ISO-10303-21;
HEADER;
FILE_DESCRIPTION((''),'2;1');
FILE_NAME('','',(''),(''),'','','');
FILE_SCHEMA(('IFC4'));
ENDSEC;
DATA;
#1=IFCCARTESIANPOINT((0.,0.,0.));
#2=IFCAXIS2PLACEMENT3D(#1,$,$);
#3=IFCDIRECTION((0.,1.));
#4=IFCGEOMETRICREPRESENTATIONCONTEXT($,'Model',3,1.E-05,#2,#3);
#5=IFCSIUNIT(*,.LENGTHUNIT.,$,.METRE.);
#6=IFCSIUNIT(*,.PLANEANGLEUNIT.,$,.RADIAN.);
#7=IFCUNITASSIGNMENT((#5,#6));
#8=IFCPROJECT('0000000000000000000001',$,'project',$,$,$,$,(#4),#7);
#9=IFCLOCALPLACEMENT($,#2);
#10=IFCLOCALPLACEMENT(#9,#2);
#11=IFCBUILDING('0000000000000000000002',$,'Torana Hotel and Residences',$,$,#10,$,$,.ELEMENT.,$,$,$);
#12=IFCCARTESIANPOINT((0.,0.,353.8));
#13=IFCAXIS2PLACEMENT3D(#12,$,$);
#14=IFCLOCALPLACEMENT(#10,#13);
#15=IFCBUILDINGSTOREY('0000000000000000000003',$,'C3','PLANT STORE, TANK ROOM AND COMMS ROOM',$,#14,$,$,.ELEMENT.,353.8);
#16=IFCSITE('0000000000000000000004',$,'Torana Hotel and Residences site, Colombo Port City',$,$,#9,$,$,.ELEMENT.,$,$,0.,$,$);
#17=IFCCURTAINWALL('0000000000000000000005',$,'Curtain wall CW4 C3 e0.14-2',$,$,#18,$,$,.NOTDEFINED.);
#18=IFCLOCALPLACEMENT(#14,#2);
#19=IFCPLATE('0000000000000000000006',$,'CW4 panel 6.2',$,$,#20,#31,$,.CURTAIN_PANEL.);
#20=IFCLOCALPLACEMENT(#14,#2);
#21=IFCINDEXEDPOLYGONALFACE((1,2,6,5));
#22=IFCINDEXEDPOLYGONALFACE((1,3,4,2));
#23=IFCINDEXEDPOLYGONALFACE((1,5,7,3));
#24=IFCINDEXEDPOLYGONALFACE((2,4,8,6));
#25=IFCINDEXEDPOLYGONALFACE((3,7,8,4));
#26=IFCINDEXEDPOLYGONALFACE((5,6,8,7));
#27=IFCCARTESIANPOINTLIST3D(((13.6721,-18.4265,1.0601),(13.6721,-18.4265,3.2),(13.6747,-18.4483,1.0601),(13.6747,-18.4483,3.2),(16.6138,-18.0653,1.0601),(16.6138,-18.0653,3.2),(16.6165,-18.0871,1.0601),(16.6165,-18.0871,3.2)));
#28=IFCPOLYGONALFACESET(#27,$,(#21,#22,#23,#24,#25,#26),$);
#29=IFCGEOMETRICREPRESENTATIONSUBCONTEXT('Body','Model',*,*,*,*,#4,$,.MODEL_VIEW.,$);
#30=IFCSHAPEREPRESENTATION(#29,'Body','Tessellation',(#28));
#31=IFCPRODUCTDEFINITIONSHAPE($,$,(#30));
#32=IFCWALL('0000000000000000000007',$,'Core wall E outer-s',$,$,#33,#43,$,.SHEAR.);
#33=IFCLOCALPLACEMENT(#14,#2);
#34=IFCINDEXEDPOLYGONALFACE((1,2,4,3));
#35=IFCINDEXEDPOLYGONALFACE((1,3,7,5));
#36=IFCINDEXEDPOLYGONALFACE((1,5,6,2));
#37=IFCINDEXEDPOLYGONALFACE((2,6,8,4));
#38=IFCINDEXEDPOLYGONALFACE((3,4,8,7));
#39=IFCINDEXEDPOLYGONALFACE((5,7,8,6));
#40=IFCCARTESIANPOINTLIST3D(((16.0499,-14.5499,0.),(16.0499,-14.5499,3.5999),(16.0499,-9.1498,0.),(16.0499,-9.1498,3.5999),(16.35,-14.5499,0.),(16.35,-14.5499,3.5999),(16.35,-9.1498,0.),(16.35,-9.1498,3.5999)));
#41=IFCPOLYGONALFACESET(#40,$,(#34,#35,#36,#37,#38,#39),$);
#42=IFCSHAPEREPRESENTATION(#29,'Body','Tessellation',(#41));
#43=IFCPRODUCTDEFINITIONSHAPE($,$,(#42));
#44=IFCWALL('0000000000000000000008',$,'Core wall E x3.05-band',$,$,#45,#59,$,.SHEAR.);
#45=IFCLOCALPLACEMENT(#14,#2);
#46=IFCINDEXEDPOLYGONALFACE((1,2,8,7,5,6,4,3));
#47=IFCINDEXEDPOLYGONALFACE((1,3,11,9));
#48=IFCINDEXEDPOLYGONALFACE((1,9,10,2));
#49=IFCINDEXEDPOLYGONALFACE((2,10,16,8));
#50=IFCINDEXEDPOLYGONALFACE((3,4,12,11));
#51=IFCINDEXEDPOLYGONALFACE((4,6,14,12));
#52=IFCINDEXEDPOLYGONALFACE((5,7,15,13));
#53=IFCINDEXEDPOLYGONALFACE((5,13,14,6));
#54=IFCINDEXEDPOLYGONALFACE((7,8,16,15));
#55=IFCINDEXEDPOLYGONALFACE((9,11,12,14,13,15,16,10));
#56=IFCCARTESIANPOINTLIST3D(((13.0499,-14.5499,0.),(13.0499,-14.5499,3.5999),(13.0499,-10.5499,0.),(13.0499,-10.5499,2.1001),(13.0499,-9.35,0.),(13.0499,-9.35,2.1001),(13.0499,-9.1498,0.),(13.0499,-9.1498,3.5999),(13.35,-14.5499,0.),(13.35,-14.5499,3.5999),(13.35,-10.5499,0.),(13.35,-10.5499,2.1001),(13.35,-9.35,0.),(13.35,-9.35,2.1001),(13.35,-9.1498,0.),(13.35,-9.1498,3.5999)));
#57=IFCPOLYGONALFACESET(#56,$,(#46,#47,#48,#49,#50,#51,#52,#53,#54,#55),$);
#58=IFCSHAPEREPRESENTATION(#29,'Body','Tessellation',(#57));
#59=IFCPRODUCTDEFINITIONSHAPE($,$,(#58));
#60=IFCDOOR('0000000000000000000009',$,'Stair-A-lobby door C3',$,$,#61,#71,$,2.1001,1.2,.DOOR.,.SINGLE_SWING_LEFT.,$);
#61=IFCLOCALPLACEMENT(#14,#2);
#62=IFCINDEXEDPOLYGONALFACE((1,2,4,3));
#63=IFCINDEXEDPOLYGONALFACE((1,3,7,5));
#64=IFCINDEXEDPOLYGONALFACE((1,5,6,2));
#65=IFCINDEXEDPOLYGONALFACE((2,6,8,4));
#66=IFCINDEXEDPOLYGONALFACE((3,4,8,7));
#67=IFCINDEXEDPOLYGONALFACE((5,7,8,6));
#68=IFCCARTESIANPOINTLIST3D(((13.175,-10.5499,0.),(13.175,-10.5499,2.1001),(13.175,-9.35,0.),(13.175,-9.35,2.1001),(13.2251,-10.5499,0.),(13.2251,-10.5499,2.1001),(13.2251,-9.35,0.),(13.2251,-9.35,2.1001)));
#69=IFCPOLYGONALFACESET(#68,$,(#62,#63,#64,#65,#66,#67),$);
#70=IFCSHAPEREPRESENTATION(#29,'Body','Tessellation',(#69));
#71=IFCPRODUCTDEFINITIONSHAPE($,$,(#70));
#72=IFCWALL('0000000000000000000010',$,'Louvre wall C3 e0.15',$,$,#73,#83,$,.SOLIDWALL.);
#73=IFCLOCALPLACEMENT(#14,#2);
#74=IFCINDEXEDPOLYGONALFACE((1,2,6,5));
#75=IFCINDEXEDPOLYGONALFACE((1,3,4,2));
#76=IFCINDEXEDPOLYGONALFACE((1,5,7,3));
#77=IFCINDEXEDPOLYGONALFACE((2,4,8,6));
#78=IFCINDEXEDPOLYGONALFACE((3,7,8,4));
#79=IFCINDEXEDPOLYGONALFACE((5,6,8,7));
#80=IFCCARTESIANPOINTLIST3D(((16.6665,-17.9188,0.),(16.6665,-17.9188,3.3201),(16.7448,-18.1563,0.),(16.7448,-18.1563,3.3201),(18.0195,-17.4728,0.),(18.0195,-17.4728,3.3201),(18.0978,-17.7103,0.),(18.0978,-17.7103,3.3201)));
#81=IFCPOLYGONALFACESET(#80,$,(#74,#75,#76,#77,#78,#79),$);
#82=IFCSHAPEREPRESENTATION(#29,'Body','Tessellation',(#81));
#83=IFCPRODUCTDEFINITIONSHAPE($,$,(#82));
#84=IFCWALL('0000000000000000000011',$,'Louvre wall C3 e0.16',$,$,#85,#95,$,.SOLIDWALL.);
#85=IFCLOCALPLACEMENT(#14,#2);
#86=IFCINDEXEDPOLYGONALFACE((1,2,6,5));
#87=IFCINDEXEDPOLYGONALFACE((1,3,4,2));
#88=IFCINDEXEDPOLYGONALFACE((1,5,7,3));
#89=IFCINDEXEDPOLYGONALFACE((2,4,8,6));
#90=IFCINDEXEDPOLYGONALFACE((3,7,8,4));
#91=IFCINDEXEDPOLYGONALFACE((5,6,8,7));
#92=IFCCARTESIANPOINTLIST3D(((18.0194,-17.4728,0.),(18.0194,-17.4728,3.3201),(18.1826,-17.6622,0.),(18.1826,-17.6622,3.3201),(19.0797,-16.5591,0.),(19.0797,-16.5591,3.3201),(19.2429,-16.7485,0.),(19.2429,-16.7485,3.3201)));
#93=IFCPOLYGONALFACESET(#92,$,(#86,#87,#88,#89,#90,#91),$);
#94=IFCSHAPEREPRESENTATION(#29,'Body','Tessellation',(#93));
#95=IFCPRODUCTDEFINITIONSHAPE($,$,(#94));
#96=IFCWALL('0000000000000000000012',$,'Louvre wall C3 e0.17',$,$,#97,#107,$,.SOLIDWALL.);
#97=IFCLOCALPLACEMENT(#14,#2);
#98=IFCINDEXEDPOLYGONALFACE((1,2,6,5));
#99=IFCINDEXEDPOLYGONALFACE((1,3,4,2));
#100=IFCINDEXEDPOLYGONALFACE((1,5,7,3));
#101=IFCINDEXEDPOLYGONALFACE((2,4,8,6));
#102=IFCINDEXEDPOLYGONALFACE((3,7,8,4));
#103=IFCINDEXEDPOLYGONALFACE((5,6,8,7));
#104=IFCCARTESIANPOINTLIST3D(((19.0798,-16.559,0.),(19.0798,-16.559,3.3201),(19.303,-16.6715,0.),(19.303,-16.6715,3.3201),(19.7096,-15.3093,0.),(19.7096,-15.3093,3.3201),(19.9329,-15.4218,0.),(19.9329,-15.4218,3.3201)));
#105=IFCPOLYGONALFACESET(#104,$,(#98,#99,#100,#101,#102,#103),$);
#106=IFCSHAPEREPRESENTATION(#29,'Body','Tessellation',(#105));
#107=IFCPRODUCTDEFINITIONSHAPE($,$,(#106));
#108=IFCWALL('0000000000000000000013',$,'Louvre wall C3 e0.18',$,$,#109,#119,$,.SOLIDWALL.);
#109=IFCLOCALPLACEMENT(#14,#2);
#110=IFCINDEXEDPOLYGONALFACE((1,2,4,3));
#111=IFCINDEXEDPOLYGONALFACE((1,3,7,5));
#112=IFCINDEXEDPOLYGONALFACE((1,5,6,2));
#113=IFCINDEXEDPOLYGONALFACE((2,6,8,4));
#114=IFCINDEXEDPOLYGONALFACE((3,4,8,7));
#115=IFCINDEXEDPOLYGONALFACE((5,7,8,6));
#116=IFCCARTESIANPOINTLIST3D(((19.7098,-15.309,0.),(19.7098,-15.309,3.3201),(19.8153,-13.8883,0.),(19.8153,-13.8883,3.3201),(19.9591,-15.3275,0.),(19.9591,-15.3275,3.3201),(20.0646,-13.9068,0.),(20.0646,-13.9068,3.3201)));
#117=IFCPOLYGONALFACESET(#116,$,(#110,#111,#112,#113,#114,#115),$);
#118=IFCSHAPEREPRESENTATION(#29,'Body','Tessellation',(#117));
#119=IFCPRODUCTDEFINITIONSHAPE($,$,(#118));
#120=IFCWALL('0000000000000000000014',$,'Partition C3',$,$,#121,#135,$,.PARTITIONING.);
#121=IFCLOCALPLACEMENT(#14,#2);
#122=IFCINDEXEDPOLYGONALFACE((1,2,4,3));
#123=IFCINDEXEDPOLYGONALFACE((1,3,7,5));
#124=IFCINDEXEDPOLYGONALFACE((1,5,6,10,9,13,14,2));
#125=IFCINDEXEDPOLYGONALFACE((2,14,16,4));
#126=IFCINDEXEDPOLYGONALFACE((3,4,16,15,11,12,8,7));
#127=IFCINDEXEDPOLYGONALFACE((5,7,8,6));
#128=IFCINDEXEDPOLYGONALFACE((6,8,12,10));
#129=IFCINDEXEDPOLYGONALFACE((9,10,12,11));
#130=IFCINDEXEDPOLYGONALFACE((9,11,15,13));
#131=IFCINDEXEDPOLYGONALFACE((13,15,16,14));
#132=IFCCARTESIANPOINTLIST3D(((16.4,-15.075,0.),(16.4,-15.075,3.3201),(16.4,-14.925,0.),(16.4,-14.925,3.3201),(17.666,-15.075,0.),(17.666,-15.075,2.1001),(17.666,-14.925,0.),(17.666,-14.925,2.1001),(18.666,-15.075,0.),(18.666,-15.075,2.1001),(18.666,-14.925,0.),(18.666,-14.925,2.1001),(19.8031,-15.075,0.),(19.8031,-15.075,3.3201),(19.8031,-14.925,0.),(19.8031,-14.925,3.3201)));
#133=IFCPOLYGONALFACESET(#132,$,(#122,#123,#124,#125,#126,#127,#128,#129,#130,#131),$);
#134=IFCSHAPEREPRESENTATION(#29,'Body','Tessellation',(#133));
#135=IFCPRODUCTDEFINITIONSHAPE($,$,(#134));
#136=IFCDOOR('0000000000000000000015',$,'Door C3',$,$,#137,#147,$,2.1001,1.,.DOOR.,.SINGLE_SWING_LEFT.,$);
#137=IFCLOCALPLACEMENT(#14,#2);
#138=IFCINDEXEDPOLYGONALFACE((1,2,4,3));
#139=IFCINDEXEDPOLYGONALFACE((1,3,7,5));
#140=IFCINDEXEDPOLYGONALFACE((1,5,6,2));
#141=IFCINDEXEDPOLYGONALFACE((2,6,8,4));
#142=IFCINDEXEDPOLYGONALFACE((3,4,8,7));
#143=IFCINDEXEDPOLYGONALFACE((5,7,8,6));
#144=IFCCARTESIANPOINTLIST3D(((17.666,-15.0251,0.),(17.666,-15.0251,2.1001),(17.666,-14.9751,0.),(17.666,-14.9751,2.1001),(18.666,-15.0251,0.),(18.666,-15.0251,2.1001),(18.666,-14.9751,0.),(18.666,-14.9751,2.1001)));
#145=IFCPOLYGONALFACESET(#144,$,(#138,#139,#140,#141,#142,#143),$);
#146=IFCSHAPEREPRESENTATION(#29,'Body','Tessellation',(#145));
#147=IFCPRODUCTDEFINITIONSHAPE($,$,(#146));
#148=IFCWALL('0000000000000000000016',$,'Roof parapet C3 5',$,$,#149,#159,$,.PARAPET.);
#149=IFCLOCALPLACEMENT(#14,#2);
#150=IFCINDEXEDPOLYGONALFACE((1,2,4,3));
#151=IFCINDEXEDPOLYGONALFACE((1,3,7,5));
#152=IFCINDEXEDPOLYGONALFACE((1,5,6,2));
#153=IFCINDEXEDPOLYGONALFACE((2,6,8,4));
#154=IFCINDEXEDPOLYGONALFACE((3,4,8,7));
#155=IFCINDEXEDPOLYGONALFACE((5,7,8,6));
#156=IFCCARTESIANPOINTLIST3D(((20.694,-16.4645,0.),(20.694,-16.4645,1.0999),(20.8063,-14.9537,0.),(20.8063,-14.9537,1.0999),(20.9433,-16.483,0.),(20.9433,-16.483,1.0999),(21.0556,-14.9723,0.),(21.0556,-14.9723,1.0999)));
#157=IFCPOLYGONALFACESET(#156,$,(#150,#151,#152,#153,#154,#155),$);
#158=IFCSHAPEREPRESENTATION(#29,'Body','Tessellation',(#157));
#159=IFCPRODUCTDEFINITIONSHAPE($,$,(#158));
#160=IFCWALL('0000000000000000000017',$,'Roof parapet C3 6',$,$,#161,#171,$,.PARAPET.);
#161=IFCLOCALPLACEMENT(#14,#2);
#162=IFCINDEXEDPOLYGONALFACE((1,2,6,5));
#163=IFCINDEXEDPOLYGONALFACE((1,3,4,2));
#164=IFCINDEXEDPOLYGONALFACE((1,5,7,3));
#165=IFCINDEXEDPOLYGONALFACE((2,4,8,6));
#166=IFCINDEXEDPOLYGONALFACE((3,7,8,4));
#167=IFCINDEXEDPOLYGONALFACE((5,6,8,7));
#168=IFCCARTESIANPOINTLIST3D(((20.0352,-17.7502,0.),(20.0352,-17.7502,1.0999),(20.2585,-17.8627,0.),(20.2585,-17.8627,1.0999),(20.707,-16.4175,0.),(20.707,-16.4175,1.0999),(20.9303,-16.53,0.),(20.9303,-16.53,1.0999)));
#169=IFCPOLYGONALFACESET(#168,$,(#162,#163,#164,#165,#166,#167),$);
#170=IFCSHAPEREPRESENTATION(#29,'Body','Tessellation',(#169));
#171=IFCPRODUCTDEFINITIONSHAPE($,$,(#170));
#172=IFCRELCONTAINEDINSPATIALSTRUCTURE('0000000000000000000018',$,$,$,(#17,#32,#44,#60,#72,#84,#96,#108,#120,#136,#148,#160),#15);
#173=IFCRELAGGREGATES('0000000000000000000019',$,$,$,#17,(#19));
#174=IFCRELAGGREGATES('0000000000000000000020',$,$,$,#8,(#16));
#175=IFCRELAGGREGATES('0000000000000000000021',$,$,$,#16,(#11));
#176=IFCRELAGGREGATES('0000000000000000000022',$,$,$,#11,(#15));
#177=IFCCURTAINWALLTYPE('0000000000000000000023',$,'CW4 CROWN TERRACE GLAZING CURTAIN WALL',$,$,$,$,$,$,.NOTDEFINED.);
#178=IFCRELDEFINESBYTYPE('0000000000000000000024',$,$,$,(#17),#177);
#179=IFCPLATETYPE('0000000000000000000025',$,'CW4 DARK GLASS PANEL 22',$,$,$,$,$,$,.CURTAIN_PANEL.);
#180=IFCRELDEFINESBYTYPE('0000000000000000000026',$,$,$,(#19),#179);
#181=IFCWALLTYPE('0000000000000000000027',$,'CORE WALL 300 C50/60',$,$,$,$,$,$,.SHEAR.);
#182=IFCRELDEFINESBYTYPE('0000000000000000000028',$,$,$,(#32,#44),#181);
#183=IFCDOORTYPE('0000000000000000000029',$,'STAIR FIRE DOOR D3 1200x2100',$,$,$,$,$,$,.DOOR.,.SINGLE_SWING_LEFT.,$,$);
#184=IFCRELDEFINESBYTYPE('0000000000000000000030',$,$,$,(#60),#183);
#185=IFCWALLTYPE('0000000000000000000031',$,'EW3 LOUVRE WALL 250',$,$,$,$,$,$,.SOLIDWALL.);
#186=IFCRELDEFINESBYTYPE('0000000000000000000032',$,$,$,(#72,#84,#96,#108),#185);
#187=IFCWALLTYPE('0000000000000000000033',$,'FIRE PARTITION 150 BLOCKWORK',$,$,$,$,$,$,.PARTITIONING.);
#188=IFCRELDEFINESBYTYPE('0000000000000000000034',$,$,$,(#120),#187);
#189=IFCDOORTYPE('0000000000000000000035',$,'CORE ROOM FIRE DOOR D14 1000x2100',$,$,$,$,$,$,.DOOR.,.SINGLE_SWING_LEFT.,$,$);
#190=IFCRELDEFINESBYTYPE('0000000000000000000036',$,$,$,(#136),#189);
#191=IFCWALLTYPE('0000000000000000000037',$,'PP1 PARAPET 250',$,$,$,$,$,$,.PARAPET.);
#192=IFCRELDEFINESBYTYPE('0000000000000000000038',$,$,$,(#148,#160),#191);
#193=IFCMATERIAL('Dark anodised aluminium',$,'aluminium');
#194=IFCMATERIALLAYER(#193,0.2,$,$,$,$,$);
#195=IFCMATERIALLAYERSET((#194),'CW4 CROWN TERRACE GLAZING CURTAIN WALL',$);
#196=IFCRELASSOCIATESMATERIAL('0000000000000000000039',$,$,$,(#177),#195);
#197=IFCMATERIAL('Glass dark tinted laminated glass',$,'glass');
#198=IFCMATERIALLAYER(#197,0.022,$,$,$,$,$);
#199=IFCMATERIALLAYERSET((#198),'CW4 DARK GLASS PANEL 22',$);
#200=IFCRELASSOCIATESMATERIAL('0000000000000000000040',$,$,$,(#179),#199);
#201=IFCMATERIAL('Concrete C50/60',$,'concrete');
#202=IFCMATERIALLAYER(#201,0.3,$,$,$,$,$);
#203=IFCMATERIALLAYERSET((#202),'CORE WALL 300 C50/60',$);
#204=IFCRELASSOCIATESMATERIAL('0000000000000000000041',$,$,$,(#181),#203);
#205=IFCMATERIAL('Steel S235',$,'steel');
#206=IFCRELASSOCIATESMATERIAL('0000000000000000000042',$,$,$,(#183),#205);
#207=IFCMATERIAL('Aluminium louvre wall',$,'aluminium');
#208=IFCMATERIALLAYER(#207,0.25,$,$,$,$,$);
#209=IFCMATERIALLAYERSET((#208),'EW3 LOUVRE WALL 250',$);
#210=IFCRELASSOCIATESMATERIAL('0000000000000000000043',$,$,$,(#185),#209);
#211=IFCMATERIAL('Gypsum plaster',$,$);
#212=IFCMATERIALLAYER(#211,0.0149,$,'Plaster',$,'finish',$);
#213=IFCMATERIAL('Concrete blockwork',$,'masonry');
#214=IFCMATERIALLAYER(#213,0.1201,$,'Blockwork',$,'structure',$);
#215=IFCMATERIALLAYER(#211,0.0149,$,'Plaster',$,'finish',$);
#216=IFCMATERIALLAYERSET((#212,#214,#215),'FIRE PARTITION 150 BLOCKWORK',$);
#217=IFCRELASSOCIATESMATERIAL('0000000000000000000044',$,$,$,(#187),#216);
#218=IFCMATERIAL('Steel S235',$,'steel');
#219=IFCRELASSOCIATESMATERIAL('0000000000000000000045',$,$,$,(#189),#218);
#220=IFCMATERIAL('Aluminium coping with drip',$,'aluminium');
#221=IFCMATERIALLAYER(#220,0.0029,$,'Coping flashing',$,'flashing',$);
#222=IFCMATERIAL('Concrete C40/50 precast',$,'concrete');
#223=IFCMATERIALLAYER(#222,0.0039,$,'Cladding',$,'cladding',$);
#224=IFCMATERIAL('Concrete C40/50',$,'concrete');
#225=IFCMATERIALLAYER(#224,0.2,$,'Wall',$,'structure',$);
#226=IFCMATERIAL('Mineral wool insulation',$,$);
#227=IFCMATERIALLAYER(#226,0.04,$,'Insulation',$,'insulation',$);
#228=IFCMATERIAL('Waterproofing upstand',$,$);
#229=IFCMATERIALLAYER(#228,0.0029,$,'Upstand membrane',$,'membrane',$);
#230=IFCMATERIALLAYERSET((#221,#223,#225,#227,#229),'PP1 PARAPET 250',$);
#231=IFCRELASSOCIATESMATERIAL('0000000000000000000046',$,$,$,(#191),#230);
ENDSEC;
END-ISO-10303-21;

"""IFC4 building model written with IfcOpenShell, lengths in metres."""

from ifc_helpers import new_model, si_unit, direction, frame, frame_2d, origin, origin_2d, place, context, subcontext, project, spatial, rectangle, extrude, material, layer, layer_set, type_object, element, fill, aggregate, save


model = new_model("IFC4")

# Units and contexts
model_context = context("Model", 3, precision=1e-05, world=origin(), true_north=direction((0.0, 1.0)))
body_context = subcontext(model_context, "Body", "Model", "MODEL_VIEW")
ifc_project = project(units=[si_unit("LENGTHUNIT", "METRE"), si_unit("PLANEANGLEUNIT", "RADIAN")], contexts=[model_context])

# Site, building, storey
site_placement = place(None, origin())
site = spatial("IfcSite", under=ifc_project, at=site_placement, Name="Torana Hotel and Residences site, Colombo Port City", CompositionType="ELEMENT", RefElevation=0.0)
building_placement = place(site_placement, origin())
building = spatial("IfcBuilding", under=site, at=building_placement, Name="Torana Hotel and Residences", CompositionType="ELEMENT")
storey_placement = place(building_placement, frame((0.0, 0.0, 353.8)))
storey = spatial("IfcBuildingStorey", under=building, at=storey_placement, Name="C3", Description="PLANT STORE, TANK ROOM AND COMMS ROOM", CompositionType="ELEMENT", Elevation=353.8)

# Curtain wall
ifc_material_1 = material(Name="Dark anodised aluminium", Category="aluminium")
ifc_layer_1 = layer(ifc_material_1, 0.2)
ifc_layer_set_1 = layer_set([ifc_layer_1], Name="CW4 CROWN TERRACE GLAZING CURTAIN WALL")
curtain_wall_type = type_object("IfcCurtainWallType", Name="CW4 CROWN TERRACE GLAZING CURTAIN WALL", PredefinedType="NOTDEFINED", material=ifc_layer_set_1)
curtain_wall_1_placement = place(storey_placement, origin())
curtain_wall_1 = element("IfcCurtainWall", 1, at=curtain_wall_1_placement, inside=storey, type_object=curtain_wall_type, Name="Curtain wall CW4 C3 e0.14-2", PredefinedType="NOTDEFINED")

# Plate
ifc_material_2 = material(Name="Glass dark tinted laminated glass", Category="glass")
ifc_layer_2 = layer(ifc_material_2, 0.022)
ifc_layer_set_2 = layer_set([ifc_layer_2], Name="CW4 DARK GLASS PANEL 22")
plate_type = type_object("IfcPlateType", Name="CW4 DARK GLASS PANEL 22", PredefinedType="CURTAIN_PANEL", material=ifc_layer_set_2)
plate_1_placement = place(storey_placement, frame((15.1443, -18.2568, 1.0601), z_axis=(0.0, 0.0, 1.0), x_axis=(0.992547, 0.121865, 0.0)))
plate_1 = element("IfcPlate", 2, at=plate_1_placement, type_object=plate_type, Name="CW4 panel 6.2", PredefinedType="CURTAIN_PANEL", context=body_context, shape_type="SweptSolid", body=[
    extrude(rectangle(XDim=2.9639, YDim=0.022, at=origin_2d()), origin(), (0.0, 0.0, 1.0), 2.1399),
])
aggregate(curtain_wall_1, [plate_1])

# Wall
ifc_material_3 = material(Name="Concrete C50/60", Category="concrete")
ifc_layer_3 = layer(ifc_material_3, 0.3)
ifc_layer_set_3 = layer_set([ifc_layer_3], Name="CORE WALL 300 C50/60")
wall_type_1 = type_object("IfcWallType", Name="CORE WALL 300 C50/60", PredefinedType="SHEAR", material=ifc_layer_set_3)
wall_1_placement = place(storey_placement, frame((16.2, -14.55, 0.0), z_axis=(0.0, 0.0, 1.0), x_axis=(0.0, 1.0, 0.0)))
element("IfcWall", 3, at=wall_1_placement, inside=storey, type_object=wall_type_1, Name="Core wall E outer-s", PredefinedType="SHEAR", context=body_context, shape_type="SweptSolid", body=[
    extrude(rectangle(XDim=5.4001, YDim=0.3, at=frame_2d((2.7002, 0.0))), origin(), (0.0, 0.0, 1.0), 3.5999),
])

# Wall, opening, door
wall_2_placement = place(storey_placement, frame((13.2, -14.55, 0.0), z_axis=(0.0, 0.0, 1.0), x_axis=(0.0, 1.0, 0.0)))
wall_2 = element("IfcWall", 4, at=wall_2_placement, inside=storey, type_object=wall_type_1, Name="Core wall E x3.05-band", PredefinedType="SHEAR", context=body_context, shape_type="SweptSolid", body=[
    extrude(rectangle(XDim=5.4001, YDim=0.3, at=frame_2d((2.7002, 0.0))), origin(), (0.0, 0.0, 1.0), 3.5999),
])
opening_1_placement = place(wall_2_placement, frame((4.0, 0.0, 0.0)))
opening_1 = element("IfcOpeningElement", 5, at=opening_1_placement, cuts=wall_2, PredefinedType="OPENING", context=body_context, shape_type="SweptSolid", body=[
    extrude(rectangle(XDim=1.2, YDim=2.1001, at=frame_2d((0.6001, 1.05))), frame((0.0, 0.1599, 0.0), z_axis=(0.0, -1.0, 0.0), x_axis=(1.0, 0.0, 0.0)), (0.0, 0.0, 1.0), 0.3201),
])
ifc_material_4 = material(Name="Steel S235", Category="steel")
door_type_1 = type_object("IfcDoorType", Name="STAIR FIRE DOOR D3 1200x2100", OperationType="SINGLE_SWING_LEFT", PredefinedType="DOOR", material=ifc_material_4)
door_1_placement = place(opening_1_placement, origin())
door_1 = element("IfcDoor", 6, at=door_1_placement, inside=storey, type_object=door_type_1, Name="Stair-A-lobby door C3", OperationType="SINGLE_SWING_LEFT", OverallHeight=2.1001, OverallWidth=1.2, PredefinedType="DOOR", context=body_context, shape_type="SweptSolid", body=[
    extrude(rectangle(XDim=1.2, YDim=2.1001, at=frame_2d((0.6001, 1.05))), frame((0.0, 0.0249, 0.0), z_axis=(0.0, -1.0, 0.0), x_axis=(1.0, 0.0, 0.0)), (0.0, 0.0, 1.0), 0.05),
])
fill(opening_1, door_1)

# Walls
ifc_material_5 = material(Name="Aluminium louvre wall", Category="aluminium")
ifc_layer_4 = layer(ifc_material_5, 0.25)
ifc_layer_set_4 = layer_set([ifc_layer_4], Name="EW3 LOUVRE WALL 250")
wall_type_2 = type_object("IfcWallType", Name="EW3 LOUVRE WALL 250", PredefinedType="SOLIDWALL", material=ifc_layer_set_4)
wall_3_placement = place(storey_placement, frame((16.7056, -18.0376, 0.0), z_axis=(0.0, 0.0, 1.0), x_axis=(0.949723, 0.31309, 0.0)))
element("IfcWall", 7, at=wall_3_placement, inside=storey, type_object=wall_type_2, Name="Louvre wall C3 e0.15", PredefinedType="SOLIDWALL", context=body_context, shape_type="SweptSolid", body=[
    extrude(rectangle(XDim=1.4246, YDim=0.25, at=frame_2d((0.7124, 0.0))), origin(), (0.0, 0.0, 1.0), 3.3201),
])
wall_4_placement = place(storey_placement, frame((18.1011, -17.5674, 0.0), z_axis=(0.0, 0.0, 1.0), x_axis=(0.757579, 0.652743, 0.0)))
element("IfcWall", 8, at=wall_4_placement, inside=storey, type_object=wall_type_2, Name="Louvre wall C3 e0.16", PredefinedType="SOLIDWALL", context=body_context, shape_type="SweptSolid", body=[
    extrude(rectangle(XDim=1.3997, YDim=0.25, at=frame_2d((0.6997, 0.0))), origin(), (0.0, 0.0, 1.0), 3.3201),
])
wall_5_placement = place(storey_placement, frame((19.1914, -16.6152, 0.0), z_axis=(0.0, 0.0, 1.0), x_axis=(0.450072, 0.892992, 0.0)))
element("IfcWall", 9, at=wall_5_placement, inside=storey, type_object=wall_type_2, Name="Louvre wall C3 e0.17", PredefinedType="SOLIDWALL", context=body_context, shape_type="SweptSolid", body=[
    extrude(rectangle(XDim=1.3994, YDim=0.25, at=frame_2d((0.6997, 0.0))), origin(), (0.0, 0.0, 1.0), 3.3201),
])
wall_6_placement = place(storey_placement, frame((19.8345, -15.3184, 0.0), z_axis=(0.0, 0.0, 1.0), x_axis=(0.074036, 0.997256, 0.0)))
element("IfcWall", 10, at=wall_6_placement, inside=storey, type_object=wall_type_2, Name="Louvre wall C3 e0.18", PredefinedType="SOLIDWALL", context=body_context, shape_type="SweptSolid", body=[
    extrude(rectangle(XDim=1.4246, YDim=0.25, at=frame_2d((0.7124, 0.0))), origin(), (0.0, 0.0, 1.0), 3.3201),
])

# Wall, opening, door
ifc_material_6 = material(Name="Gypsum plaster")
ifc_layer_5 = layer(ifc_material_6, 0.0149, Name="Plaster", Category="finish")
ifc_material_7 = material(Name="Concrete blockwork", Category="masonry")
ifc_layer_6 = layer(ifc_material_7, 0.1201, Name="Blockwork", Category="structure")
ifc_layer_7 = layer(ifc_material_6, 0.0149, Name="Plaster", Category="finish")
ifc_layer_set_5 = layer_set([ifc_layer_5, ifc_layer_6, ifc_layer_7], Name="FIRE PARTITION 150 BLOCKWORK")
wall_type_3 = type_object("IfcWallType", Name="FIRE PARTITION 150 BLOCKWORK", PredefinedType="PARTITIONING", material=ifc_layer_set_5)
wall_7_placement = place(storey_placement, frame((16.3999, -15.0, 0.0), z_axis=(0.0, 0.0, 1.0), x_axis=(1.0, 0.0, 0.0)))
wall_7 = element("IfcWall", 11, at=wall_7_placement, inside=storey, type_object=wall_type_3, Name="Partition C3", PredefinedType="PARTITIONING", context=body_context, shape_type="SweptSolid", body=[
    extrude(rectangle(XDim=3.4031, YDim=0.1499, at=frame_2d((1.7017, 0.0))), origin(), (0.0, 0.0, 1.0), 3.3201),
])
opening_2_placement = place(wall_7_placement, frame((1.2661, 0.0, 0.0)))
opening_2 = element("IfcOpeningElement", 12, at=opening_2_placement, cuts=wall_7, PredefinedType="OPENING", context=body_context, shape_type="SweptSolid", body=[
    extrude(rectangle(XDim=1.0, YDim=2.1001, at=frame_2d((0.5, 1.05))), frame((0.0, 0.085, 0.0), z_axis=(0.0, -1.0, 0.0), x_axis=(1.0, 0.0, 0.0)), (0.0, 0.0, 1.0), 0.1699),
])
ifc_material_8 = material(Name="Steel S235", Category="steel")
door_type_2 = type_object("IfcDoorType", Name="CORE ROOM FIRE DOOR D14 1000x2100", OperationType="SINGLE_SWING_LEFT", PredefinedType="DOOR", material=ifc_material_8)
door_2_placement = place(opening_2_placement, origin())
door_2 = element("IfcDoor", 13, at=door_2_placement, inside=storey, type_object=door_type_2, Name="Door C3", OperationType="SINGLE_SWING_LEFT", OverallHeight=2.1001, OverallWidth=1.0, PredefinedType="DOOR", context=body_context, shape_type="SweptSolid", body=[
    extrude(rectangle(XDim=1.0, YDim=2.1001, at=frame_2d((0.5, 1.05))), frame((0.0, 0.0249, 0.0), z_axis=(0.0, -1.0, 0.0), x_axis=(1.0, 0.0, 0.0)), (0.0, 0.0, 1.0), 0.05),
])
fill(opening_2, door_2)

# Walls
ifc_material_9 = material(Name="Aluminium coping with drip", Category="aluminium")
ifc_layer_8 = layer(ifc_material_9, 0.0029, Name="Coping flashing", Category="flashing")
ifc_material_10 = material(Name="Concrete C40/50 precast", Category="concrete")
ifc_layer_9 = layer(ifc_material_10, 0.0039, Name="Cladding", Category="cladding")
ifc_material_11 = material(Name="Concrete C40/50", Category="concrete")
ifc_layer_10 = layer(ifc_material_11, 0.2, Name="Wall", Category="structure")
ifc_material_12 = material(Name="Mineral wool insulation")
ifc_layer_11 = layer(ifc_material_12, 0.04, Name="Insulation", Category="insulation")
ifc_material_13 = material(Name="Waterproofing upstand")
ifc_layer_12 = layer(ifc_material_13, 0.0029, Name="Upstand membrane", Category="membrane")
ifc_layer_set_6 = layer_set([ifc_layer_8, ifc_layer_9, ifc_layer_10, ifc_layer_11, ifc_layer_12], Name="PP1 PARAPET 250")
wall_type_4 = type_object("IfcWallType", Name="PP1 PARAPET 250", PredefinedType="PARAPET", material=ifc_layer_set_6)
wall_8_placement = place(storey_placement, frame((20.9309, -14.9631, 0.0), z_axis=(0.0, 0.0, 1.0), x_axis=(-0.074133, -0.997248, 0.0)))
element("IfcWall", 14, at=wall_8_placement, inside=storey, type_object=wall_type_4, Name="Roof parapet C3 5", PredefinedType="PARAPET", context=body_context, shape_type="SweptSolid", body=[
    extrude(rectangle(XDim=1.5149, YDim=0.25, at=frame_2d((0.7573, 0.0))), origin(), (0.0, 0.0, 1.0), 1.0999),
])
for number, where, z_axis, x_axis, name in (
    (15, (20.8186, -16.4739, 0.0), (0.0, 0.0, 1.0), (-0.450156, -0.89295, 0.0), "Roof parapet C3 6"),
):
    element("IfcWall", number, at=place(storey_placement, frame(where, z_axis=z_axis, x_axis=x_axis)), inside=storey, type_object=wall_type_4, Name=name, PredefinedType="PARAPET", context=body_context, shape_type="SweptSolid", body=[
        extrude(rectangle(XDim=1.4924, YDim=0.25, at=frame_2d((0.7461, 0.0))), origin(), (0.0, 0.0, 1.0), 1.0999),
    ])

save(model, "model.ifc")
